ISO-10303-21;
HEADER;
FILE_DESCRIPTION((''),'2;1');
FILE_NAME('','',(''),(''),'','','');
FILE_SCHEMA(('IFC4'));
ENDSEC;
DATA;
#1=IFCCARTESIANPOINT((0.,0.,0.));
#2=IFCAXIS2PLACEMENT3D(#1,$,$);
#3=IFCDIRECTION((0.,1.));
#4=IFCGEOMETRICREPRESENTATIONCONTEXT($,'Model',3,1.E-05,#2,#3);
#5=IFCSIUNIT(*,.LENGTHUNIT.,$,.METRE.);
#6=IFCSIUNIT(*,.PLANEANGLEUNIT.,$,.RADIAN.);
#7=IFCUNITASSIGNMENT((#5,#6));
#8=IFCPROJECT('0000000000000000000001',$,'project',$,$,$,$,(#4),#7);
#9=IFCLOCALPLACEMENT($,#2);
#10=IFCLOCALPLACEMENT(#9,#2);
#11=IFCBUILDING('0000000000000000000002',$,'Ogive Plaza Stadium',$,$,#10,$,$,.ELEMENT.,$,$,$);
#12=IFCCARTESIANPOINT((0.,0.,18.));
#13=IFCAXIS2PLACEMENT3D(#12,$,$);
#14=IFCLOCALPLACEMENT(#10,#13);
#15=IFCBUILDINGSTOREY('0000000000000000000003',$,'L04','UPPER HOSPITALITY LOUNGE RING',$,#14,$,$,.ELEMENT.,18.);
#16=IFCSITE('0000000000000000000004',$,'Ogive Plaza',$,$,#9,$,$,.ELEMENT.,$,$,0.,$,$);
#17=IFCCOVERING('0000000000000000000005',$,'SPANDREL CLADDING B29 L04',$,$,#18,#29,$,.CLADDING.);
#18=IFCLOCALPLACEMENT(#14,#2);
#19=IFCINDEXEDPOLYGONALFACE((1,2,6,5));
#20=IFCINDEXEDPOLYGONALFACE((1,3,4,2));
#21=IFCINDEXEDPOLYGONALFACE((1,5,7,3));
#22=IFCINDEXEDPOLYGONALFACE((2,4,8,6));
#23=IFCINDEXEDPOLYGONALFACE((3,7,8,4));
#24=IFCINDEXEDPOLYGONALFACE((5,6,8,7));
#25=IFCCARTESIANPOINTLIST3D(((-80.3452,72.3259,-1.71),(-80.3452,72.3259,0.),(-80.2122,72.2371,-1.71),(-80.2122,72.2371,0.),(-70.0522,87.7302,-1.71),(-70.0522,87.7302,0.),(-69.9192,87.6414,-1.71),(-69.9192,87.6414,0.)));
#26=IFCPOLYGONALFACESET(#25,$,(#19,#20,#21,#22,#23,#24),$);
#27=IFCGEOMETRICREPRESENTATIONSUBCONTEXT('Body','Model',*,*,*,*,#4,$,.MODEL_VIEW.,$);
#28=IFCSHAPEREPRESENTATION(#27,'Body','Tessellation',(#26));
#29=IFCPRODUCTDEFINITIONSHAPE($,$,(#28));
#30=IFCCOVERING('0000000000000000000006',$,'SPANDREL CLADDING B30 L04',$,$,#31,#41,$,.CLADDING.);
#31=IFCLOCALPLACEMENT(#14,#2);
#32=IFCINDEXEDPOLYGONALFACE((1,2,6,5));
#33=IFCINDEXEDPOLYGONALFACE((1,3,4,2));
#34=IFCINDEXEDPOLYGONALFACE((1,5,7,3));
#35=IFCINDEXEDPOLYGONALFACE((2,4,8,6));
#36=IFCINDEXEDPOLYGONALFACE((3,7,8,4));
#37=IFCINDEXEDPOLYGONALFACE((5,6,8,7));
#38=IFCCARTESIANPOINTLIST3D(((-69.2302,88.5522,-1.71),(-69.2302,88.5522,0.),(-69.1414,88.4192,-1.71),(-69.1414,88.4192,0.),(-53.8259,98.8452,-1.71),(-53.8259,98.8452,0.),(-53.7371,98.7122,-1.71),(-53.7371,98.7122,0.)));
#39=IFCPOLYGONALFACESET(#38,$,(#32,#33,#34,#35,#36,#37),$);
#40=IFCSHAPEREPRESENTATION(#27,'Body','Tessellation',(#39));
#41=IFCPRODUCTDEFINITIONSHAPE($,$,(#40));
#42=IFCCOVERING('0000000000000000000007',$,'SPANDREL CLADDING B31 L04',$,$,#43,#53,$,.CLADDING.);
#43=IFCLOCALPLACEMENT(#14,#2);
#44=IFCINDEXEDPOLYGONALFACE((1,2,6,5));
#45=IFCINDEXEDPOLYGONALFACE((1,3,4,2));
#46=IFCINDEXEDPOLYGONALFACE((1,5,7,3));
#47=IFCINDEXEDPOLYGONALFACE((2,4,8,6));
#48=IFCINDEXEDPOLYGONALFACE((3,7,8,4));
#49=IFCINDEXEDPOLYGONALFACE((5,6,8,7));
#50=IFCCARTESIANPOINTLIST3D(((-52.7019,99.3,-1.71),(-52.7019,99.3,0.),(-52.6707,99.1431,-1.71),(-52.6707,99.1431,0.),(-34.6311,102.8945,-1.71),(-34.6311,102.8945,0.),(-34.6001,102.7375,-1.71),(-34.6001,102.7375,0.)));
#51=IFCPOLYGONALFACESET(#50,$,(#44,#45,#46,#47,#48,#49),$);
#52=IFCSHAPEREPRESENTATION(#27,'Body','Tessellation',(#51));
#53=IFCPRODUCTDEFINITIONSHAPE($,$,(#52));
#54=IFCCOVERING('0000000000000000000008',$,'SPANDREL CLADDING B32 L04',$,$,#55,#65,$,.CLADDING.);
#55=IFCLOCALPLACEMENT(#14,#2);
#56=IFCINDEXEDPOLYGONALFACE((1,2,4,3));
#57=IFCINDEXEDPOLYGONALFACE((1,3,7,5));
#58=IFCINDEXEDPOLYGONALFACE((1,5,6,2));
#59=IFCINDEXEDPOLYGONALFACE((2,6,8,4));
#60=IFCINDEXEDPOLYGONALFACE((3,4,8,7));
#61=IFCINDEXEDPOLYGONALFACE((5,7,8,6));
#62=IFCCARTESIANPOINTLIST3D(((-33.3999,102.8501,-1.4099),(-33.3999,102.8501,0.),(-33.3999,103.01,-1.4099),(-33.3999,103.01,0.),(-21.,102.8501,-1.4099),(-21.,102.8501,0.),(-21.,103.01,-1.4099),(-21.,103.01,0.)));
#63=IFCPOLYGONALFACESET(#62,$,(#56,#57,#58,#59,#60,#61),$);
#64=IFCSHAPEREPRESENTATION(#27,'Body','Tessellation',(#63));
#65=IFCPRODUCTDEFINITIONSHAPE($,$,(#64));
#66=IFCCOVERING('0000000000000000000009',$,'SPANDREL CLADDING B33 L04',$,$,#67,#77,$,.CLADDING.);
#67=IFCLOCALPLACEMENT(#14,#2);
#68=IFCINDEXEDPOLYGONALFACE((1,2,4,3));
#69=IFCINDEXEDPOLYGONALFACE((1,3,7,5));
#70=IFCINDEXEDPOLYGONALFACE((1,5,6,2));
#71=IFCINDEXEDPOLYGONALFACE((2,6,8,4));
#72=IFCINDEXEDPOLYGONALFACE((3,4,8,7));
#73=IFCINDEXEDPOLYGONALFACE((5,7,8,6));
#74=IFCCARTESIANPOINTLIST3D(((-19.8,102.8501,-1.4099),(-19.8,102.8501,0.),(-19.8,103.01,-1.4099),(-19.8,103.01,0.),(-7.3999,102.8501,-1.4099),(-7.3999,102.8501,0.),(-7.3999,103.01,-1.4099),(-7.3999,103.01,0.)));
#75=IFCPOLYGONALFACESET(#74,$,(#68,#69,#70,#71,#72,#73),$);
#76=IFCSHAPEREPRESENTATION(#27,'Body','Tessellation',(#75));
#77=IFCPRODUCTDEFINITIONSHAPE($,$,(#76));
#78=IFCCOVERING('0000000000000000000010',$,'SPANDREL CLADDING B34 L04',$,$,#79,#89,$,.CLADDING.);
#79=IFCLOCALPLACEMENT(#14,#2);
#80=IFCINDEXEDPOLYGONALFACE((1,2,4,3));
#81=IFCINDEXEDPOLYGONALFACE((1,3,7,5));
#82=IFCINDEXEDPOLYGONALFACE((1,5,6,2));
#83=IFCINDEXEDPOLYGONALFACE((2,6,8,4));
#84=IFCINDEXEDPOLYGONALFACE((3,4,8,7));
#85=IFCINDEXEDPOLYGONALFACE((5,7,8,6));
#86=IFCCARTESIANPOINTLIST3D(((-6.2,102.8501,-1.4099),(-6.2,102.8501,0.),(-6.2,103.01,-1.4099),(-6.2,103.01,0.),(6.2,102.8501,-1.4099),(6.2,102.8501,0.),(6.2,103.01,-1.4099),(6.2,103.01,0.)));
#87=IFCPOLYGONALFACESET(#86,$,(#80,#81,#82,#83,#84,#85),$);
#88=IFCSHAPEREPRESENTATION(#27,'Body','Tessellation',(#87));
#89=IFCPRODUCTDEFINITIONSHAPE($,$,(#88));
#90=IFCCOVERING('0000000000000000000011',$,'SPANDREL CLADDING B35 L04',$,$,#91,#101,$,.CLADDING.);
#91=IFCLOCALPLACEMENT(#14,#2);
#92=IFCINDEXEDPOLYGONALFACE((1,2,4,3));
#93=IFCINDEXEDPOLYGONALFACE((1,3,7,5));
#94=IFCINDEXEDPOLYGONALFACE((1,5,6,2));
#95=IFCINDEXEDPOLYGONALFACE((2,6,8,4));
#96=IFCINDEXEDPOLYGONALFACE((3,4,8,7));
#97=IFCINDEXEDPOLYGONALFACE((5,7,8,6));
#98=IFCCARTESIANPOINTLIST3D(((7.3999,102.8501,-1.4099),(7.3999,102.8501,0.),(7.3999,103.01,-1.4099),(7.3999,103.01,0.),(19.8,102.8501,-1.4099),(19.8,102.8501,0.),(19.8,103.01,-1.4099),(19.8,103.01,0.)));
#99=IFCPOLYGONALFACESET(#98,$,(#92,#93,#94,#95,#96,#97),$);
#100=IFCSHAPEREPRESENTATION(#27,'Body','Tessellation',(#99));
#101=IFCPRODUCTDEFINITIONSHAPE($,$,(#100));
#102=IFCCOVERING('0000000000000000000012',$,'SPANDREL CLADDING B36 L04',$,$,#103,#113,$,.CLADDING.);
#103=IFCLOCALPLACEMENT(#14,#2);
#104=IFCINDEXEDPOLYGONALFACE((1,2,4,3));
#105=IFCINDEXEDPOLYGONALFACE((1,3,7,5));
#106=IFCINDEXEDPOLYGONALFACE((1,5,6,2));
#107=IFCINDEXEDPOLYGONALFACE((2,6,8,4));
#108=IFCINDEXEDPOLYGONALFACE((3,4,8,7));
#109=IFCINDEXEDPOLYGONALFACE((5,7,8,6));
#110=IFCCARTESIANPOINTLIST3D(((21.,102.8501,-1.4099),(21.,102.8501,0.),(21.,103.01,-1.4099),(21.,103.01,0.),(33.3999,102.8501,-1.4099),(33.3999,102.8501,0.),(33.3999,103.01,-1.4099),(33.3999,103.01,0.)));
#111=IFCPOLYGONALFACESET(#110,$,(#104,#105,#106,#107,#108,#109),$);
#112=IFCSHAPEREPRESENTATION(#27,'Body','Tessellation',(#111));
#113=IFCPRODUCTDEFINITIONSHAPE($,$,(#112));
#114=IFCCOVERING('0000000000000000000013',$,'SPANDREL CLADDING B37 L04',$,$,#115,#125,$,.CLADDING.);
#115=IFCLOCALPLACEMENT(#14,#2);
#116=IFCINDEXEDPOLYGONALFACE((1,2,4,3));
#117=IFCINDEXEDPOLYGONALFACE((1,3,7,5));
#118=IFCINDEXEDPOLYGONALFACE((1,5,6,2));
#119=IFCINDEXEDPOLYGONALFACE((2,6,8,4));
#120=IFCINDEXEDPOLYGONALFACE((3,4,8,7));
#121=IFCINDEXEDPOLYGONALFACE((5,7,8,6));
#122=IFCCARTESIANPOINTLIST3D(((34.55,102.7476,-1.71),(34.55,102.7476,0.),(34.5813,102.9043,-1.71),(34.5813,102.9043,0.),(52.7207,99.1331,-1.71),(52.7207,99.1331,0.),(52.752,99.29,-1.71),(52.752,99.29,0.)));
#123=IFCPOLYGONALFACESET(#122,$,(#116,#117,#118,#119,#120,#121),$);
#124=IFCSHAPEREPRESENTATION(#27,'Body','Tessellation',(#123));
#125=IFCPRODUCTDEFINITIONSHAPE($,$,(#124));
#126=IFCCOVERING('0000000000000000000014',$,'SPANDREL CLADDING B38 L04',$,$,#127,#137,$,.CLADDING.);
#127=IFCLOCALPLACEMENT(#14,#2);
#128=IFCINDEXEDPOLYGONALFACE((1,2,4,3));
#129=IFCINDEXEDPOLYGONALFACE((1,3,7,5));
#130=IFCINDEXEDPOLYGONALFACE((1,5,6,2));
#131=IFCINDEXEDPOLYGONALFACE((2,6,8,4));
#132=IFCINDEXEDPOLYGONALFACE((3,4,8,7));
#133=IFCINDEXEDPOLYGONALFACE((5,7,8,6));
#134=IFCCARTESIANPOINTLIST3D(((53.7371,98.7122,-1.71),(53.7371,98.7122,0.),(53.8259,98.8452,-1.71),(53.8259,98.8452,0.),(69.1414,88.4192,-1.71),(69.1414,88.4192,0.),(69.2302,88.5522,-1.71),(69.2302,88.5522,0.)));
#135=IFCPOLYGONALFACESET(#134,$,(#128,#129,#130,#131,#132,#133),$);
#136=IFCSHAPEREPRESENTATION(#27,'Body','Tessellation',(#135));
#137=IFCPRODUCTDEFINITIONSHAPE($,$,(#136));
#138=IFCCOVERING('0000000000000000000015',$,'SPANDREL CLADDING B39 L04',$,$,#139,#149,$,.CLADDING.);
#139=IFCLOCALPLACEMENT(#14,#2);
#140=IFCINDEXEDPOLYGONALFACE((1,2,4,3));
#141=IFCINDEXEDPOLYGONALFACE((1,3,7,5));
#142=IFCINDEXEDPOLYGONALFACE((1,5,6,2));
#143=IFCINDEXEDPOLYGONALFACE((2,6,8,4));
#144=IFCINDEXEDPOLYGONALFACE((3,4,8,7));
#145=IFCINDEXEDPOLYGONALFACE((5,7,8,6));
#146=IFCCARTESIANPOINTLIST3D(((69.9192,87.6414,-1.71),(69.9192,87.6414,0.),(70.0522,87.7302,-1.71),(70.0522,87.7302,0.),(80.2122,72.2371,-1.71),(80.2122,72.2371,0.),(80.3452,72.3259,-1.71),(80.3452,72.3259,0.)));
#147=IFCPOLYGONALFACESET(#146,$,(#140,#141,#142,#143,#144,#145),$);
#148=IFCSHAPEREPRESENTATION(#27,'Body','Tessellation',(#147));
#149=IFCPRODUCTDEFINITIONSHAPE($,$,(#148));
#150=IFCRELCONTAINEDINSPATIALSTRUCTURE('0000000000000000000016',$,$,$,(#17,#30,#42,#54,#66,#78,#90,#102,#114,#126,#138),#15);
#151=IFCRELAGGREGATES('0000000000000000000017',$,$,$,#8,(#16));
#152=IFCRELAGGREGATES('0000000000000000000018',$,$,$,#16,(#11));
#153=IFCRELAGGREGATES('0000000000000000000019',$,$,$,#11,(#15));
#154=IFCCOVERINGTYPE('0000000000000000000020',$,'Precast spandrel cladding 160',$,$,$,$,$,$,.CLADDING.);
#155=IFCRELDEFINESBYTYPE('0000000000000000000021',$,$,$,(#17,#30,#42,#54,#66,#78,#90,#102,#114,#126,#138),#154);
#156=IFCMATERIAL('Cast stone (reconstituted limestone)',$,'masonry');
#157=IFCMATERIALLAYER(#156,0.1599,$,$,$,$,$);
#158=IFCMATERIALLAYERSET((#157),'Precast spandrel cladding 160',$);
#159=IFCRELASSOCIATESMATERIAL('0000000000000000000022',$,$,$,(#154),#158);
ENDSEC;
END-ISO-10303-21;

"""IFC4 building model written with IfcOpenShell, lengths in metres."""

from ifc_helpers import new_model, si_unit, direction, frame, origin, place, context, subcontext, project, spatial, polyline, outline, extrude, material, layer, layer_set, type_object, element, save


model = new_model("IFC4")

# Units and contexts
model_context = context("Model", 3, precision=1e-05, world=origin(), true_north=direction((0.0, 1.0)))
body_context = subcontext(model_context, "Body", "Model", "MODEL_VIEW")
ifc_project = project(units=[si_unit("LENGTHUNIT", "METRE"), si_unit("PLANEANGLEUNIT", "RADIAN")], contexts=[model_context])

# Site, building, storey
site_placement = place(None, origin())
site = spatial("IfcSite", under=ifc_project, at=site_placement, Name="Ogive Plaza", CompositionType="ELEMENT", RefElevation=0.0)
building_placement = place(site_placement, origin())
building = spatial("IfcBuilding", under=site, at=building_placement, Name="Ogive Plaza Stadium", CompositionType="ELEMENT")
storey_placement = place(building_placement, frame((0.0, 0.0, 18.0)))
storey = spatial("IfcBuildingStorey", under=building, at=storey_placement, Name="L04", Description="UPPER HOSPITALITY LOUNGE RING", CompositionType="ELEMENT", Elevation=18.0)

# Coverings
ifc_material_1 = material(Name="Cast stone (reconstituted limestone)", Category="masonry")
ifc_layer_1 = layer(ifc_material_1, 0.1599)
ifc_layer_set_1 = layer_set([ifc_layer_1], Name="Precast spandrel cladding 160")
covering_type = type_object("IfcCoveringType", Name="Precast spandrel cladding 160", PredefinedType="CLADDING", material=ifc_layer_set_1)
covering_1_placement = place(storey_placement, frame((0.0, 0.0, -1.71)))
element("IfcCovering", 1, at=covering_1_placement, inside=storey, type_object=covering_type, Name="SPANDREL CLADDING B29 L04", PredefinedType="CLADDING", context=body_context, shape_type="SweptSolid", body=[
    extrude(outline(polyline([(-80.2122, 72.2371), (-69.9192, 87.6414), (-70.0522, 87.7302), (-80.3452, 72.3259), (-80.2122, 72.2371)])), origin(), (0.0, 0.0, 1.0), 1.71),
])
covering_2_placement = place(storey_placement, frame((0.0, 0.0, -1.71)))
element("IfcCovering", 2, at=covering_2_placement, inside=storey, type_object=covering_type, Name="SPANDREL CLADDING B30 L04", PredefinedType="CLADDING", context=body_context, shape_type="SweptSolid", body=[
    extrude(outline(polyline([(-69.1414, 88.4192), (-53.7371, 98.7122), (-53.8259, 98.8452), (-69.2302, 88.5522), (-69.1414, 88.4192)])), origin(), (0.0, 0.0, 1.0), 1.71),
])
covering_3_placement = place(storey_placement, frame((0.0, 0.0, -1.71)))
element("IfcCovering", 3, at=covering_3_placement, inside=storey, type_object=covering_type, Name="SPANDREL CLADDING B31 L04", PredefinedType="CLADDING", context=body_context, shape_type="SweptSolid", body=[
    extrude(outline(polyline([(-52.6707, 99.1431), (-34.6001, 102.7375), (-34.6311, 102.8945), (-52.7019, 99.3), (-52.6707, 99.1431)])), origin(), (0.0, 0.0, 1.0), 1.71),
])
covering_4_placement = place(storey_placement, frame((0.0, 0.0, -1.4099)))
element("IfcCovering", 4, at=covering_4_placement, inside=storey, type_object=covering_type, Name="SPANDREL CLADDING B32 L04", PredefinedType="CLADDING", context=body_context, shape_type="SweptSolid", body=[
    extrude(outline(polyline([(-33.3999, 102.8501), (-21.0, 102.8501), (-21.0, 103.01), (-33.3999, 103.01), (-33.3999, 102.8501)])), origin(), (0.0, 0.0, 1.0), 1.4099),
])
covering_5_placement = place(storey_placement, frame((0.0, 0.0, -1.4099)))
element("IfcCovering", 5, at=covering_5_placement, inside=storey, type_object=covering_type, Name="SPANDREL CLADDING B33 L04", PredefinedType="CLADDING", context=body_context, shape_type="SweptSolid", body=[
    extrude(outline(polyline([(-19.8, 102.8501), (-7.3999, 102.8501), (-7.3999, 103.01), (-19.8, 103.01), (-19.8, 102.8501)])), origin(), (0.0, 0.0, 1.0), 1.4099),
])
covering_6_placement = place(storey_placement, frame((0.0, 0.0, -1.4099)))
element("IfcCovering", 6, at=covering_6_placement, inside=storey, type_object=covering_type, Name="SPANDREL CLADDING B34 L04", PredefinedType="CLADDING", context=body_context, shape_type="SweptSolid", body=[
    extrude(outline(polyline([(-6.2, 102.8501), (6.2, 102.8501), (6.2, 103.01), (-6.2, 103.01), (-6.2, 102.8501)])), origin(), (0.0, 0.0, 1.0), 1.4099),
])
covering_7_placement = place(storey_placement, frame((0.0, 0.0, -1.4099)))
element("IfcCovering", 7, at=covering_7_placement, inside=storey, type_object=covering_type, Name="SPANDREL CLADDING B35 L04", PredefinedType="CLADDING", context=body_context, shape_type="SweptSolid", body=[
    extrude(outline(polyline([(7.3999, 102.8501), (19.8, 102.8501), (19.8, 103.01), (7.3999, 103.01), (7.3999, 102.8501)])), origin(), (0.0, 0.0, 1.0), 1.4099),
])
covering_8_placement = place(storey_placement, frame((0.0, 0.0, -1.4099)))
element("IfcCovering", 8, at=covering_8_placement, inside=storey, type_object=covering_type, Name="SPANDREL CLADDING B36 L04", PredefinedType="CLADDING", context=body_context, shape_type="SweptSolid", body=[
    extrude(outline(polyline([(21.0, 102.8501), (33.3999, 102.8501), (33.3999, 103.01), (21.0, 103.01), (21.0, 102.8501)])), origin(), (0.0, 0.0, 1.0), 1.4099),
])
covering_9_placement = place(storey_placement, frame((0.0, 0.0, -1.71)))
element("IfcCovering", 9, at=covering_9_placement, inside=storey, type_object=covering_type, Name="SPANDREL CLADDING B37 L04", PredefinedType="CLADDING", context=body_context, shape_type="SweptSolid", body=[
    extrude(outline(polyline([(34.55, 102.7476), (52.7207, 99.1331), (52.752, 99.29), (34.5813, 102.9043), (34.55, 102.7476)])), origin(), (0.0, 0.0, 1.0), 1.71),
])
covering_10_placement = place(storey_placement, frame((0.0, 0.0, -1.71)))
element("IfcCovering", 10, at=covering_10_placement, inside=storey, type_object=covering_type, Name="SPANDREL CLADDING B38 L04", PredefinedType="CLADDING", context=body_context, shape_type="SweptSolid", body=[
    extrude(outline(polyline([(53.7371, 98.7122), (69.1414, 88.4192), (69.2302, 88.5522), (53.8259, 98.8452), (53.7371, 98.7122)])), origin(), (0.0, 0.0, 1.0), 1.71),
])
covering_11_placement = place(storey_placement, frame((0.0, 0.0, -1.71)))
element("IfcCovering", 11, at=covering_11_placement, inside=storey, type_object=covering_type, Name="SPANDREL CLADDING B39 L04", PredefinedType="CLADDING", context=body_context, shape_type="SweptSolid", body=[
    extrude(outline(polyline([(69.9192, 87.6414), (80.2122, 72.2371), (80.3452, 72.3259), (70.0522, 87.7302), (69.9192, 87.6414)])), origin(), (0.0, 0.0, 1.0), 1.71),
])

save(model, "model.ifc")
